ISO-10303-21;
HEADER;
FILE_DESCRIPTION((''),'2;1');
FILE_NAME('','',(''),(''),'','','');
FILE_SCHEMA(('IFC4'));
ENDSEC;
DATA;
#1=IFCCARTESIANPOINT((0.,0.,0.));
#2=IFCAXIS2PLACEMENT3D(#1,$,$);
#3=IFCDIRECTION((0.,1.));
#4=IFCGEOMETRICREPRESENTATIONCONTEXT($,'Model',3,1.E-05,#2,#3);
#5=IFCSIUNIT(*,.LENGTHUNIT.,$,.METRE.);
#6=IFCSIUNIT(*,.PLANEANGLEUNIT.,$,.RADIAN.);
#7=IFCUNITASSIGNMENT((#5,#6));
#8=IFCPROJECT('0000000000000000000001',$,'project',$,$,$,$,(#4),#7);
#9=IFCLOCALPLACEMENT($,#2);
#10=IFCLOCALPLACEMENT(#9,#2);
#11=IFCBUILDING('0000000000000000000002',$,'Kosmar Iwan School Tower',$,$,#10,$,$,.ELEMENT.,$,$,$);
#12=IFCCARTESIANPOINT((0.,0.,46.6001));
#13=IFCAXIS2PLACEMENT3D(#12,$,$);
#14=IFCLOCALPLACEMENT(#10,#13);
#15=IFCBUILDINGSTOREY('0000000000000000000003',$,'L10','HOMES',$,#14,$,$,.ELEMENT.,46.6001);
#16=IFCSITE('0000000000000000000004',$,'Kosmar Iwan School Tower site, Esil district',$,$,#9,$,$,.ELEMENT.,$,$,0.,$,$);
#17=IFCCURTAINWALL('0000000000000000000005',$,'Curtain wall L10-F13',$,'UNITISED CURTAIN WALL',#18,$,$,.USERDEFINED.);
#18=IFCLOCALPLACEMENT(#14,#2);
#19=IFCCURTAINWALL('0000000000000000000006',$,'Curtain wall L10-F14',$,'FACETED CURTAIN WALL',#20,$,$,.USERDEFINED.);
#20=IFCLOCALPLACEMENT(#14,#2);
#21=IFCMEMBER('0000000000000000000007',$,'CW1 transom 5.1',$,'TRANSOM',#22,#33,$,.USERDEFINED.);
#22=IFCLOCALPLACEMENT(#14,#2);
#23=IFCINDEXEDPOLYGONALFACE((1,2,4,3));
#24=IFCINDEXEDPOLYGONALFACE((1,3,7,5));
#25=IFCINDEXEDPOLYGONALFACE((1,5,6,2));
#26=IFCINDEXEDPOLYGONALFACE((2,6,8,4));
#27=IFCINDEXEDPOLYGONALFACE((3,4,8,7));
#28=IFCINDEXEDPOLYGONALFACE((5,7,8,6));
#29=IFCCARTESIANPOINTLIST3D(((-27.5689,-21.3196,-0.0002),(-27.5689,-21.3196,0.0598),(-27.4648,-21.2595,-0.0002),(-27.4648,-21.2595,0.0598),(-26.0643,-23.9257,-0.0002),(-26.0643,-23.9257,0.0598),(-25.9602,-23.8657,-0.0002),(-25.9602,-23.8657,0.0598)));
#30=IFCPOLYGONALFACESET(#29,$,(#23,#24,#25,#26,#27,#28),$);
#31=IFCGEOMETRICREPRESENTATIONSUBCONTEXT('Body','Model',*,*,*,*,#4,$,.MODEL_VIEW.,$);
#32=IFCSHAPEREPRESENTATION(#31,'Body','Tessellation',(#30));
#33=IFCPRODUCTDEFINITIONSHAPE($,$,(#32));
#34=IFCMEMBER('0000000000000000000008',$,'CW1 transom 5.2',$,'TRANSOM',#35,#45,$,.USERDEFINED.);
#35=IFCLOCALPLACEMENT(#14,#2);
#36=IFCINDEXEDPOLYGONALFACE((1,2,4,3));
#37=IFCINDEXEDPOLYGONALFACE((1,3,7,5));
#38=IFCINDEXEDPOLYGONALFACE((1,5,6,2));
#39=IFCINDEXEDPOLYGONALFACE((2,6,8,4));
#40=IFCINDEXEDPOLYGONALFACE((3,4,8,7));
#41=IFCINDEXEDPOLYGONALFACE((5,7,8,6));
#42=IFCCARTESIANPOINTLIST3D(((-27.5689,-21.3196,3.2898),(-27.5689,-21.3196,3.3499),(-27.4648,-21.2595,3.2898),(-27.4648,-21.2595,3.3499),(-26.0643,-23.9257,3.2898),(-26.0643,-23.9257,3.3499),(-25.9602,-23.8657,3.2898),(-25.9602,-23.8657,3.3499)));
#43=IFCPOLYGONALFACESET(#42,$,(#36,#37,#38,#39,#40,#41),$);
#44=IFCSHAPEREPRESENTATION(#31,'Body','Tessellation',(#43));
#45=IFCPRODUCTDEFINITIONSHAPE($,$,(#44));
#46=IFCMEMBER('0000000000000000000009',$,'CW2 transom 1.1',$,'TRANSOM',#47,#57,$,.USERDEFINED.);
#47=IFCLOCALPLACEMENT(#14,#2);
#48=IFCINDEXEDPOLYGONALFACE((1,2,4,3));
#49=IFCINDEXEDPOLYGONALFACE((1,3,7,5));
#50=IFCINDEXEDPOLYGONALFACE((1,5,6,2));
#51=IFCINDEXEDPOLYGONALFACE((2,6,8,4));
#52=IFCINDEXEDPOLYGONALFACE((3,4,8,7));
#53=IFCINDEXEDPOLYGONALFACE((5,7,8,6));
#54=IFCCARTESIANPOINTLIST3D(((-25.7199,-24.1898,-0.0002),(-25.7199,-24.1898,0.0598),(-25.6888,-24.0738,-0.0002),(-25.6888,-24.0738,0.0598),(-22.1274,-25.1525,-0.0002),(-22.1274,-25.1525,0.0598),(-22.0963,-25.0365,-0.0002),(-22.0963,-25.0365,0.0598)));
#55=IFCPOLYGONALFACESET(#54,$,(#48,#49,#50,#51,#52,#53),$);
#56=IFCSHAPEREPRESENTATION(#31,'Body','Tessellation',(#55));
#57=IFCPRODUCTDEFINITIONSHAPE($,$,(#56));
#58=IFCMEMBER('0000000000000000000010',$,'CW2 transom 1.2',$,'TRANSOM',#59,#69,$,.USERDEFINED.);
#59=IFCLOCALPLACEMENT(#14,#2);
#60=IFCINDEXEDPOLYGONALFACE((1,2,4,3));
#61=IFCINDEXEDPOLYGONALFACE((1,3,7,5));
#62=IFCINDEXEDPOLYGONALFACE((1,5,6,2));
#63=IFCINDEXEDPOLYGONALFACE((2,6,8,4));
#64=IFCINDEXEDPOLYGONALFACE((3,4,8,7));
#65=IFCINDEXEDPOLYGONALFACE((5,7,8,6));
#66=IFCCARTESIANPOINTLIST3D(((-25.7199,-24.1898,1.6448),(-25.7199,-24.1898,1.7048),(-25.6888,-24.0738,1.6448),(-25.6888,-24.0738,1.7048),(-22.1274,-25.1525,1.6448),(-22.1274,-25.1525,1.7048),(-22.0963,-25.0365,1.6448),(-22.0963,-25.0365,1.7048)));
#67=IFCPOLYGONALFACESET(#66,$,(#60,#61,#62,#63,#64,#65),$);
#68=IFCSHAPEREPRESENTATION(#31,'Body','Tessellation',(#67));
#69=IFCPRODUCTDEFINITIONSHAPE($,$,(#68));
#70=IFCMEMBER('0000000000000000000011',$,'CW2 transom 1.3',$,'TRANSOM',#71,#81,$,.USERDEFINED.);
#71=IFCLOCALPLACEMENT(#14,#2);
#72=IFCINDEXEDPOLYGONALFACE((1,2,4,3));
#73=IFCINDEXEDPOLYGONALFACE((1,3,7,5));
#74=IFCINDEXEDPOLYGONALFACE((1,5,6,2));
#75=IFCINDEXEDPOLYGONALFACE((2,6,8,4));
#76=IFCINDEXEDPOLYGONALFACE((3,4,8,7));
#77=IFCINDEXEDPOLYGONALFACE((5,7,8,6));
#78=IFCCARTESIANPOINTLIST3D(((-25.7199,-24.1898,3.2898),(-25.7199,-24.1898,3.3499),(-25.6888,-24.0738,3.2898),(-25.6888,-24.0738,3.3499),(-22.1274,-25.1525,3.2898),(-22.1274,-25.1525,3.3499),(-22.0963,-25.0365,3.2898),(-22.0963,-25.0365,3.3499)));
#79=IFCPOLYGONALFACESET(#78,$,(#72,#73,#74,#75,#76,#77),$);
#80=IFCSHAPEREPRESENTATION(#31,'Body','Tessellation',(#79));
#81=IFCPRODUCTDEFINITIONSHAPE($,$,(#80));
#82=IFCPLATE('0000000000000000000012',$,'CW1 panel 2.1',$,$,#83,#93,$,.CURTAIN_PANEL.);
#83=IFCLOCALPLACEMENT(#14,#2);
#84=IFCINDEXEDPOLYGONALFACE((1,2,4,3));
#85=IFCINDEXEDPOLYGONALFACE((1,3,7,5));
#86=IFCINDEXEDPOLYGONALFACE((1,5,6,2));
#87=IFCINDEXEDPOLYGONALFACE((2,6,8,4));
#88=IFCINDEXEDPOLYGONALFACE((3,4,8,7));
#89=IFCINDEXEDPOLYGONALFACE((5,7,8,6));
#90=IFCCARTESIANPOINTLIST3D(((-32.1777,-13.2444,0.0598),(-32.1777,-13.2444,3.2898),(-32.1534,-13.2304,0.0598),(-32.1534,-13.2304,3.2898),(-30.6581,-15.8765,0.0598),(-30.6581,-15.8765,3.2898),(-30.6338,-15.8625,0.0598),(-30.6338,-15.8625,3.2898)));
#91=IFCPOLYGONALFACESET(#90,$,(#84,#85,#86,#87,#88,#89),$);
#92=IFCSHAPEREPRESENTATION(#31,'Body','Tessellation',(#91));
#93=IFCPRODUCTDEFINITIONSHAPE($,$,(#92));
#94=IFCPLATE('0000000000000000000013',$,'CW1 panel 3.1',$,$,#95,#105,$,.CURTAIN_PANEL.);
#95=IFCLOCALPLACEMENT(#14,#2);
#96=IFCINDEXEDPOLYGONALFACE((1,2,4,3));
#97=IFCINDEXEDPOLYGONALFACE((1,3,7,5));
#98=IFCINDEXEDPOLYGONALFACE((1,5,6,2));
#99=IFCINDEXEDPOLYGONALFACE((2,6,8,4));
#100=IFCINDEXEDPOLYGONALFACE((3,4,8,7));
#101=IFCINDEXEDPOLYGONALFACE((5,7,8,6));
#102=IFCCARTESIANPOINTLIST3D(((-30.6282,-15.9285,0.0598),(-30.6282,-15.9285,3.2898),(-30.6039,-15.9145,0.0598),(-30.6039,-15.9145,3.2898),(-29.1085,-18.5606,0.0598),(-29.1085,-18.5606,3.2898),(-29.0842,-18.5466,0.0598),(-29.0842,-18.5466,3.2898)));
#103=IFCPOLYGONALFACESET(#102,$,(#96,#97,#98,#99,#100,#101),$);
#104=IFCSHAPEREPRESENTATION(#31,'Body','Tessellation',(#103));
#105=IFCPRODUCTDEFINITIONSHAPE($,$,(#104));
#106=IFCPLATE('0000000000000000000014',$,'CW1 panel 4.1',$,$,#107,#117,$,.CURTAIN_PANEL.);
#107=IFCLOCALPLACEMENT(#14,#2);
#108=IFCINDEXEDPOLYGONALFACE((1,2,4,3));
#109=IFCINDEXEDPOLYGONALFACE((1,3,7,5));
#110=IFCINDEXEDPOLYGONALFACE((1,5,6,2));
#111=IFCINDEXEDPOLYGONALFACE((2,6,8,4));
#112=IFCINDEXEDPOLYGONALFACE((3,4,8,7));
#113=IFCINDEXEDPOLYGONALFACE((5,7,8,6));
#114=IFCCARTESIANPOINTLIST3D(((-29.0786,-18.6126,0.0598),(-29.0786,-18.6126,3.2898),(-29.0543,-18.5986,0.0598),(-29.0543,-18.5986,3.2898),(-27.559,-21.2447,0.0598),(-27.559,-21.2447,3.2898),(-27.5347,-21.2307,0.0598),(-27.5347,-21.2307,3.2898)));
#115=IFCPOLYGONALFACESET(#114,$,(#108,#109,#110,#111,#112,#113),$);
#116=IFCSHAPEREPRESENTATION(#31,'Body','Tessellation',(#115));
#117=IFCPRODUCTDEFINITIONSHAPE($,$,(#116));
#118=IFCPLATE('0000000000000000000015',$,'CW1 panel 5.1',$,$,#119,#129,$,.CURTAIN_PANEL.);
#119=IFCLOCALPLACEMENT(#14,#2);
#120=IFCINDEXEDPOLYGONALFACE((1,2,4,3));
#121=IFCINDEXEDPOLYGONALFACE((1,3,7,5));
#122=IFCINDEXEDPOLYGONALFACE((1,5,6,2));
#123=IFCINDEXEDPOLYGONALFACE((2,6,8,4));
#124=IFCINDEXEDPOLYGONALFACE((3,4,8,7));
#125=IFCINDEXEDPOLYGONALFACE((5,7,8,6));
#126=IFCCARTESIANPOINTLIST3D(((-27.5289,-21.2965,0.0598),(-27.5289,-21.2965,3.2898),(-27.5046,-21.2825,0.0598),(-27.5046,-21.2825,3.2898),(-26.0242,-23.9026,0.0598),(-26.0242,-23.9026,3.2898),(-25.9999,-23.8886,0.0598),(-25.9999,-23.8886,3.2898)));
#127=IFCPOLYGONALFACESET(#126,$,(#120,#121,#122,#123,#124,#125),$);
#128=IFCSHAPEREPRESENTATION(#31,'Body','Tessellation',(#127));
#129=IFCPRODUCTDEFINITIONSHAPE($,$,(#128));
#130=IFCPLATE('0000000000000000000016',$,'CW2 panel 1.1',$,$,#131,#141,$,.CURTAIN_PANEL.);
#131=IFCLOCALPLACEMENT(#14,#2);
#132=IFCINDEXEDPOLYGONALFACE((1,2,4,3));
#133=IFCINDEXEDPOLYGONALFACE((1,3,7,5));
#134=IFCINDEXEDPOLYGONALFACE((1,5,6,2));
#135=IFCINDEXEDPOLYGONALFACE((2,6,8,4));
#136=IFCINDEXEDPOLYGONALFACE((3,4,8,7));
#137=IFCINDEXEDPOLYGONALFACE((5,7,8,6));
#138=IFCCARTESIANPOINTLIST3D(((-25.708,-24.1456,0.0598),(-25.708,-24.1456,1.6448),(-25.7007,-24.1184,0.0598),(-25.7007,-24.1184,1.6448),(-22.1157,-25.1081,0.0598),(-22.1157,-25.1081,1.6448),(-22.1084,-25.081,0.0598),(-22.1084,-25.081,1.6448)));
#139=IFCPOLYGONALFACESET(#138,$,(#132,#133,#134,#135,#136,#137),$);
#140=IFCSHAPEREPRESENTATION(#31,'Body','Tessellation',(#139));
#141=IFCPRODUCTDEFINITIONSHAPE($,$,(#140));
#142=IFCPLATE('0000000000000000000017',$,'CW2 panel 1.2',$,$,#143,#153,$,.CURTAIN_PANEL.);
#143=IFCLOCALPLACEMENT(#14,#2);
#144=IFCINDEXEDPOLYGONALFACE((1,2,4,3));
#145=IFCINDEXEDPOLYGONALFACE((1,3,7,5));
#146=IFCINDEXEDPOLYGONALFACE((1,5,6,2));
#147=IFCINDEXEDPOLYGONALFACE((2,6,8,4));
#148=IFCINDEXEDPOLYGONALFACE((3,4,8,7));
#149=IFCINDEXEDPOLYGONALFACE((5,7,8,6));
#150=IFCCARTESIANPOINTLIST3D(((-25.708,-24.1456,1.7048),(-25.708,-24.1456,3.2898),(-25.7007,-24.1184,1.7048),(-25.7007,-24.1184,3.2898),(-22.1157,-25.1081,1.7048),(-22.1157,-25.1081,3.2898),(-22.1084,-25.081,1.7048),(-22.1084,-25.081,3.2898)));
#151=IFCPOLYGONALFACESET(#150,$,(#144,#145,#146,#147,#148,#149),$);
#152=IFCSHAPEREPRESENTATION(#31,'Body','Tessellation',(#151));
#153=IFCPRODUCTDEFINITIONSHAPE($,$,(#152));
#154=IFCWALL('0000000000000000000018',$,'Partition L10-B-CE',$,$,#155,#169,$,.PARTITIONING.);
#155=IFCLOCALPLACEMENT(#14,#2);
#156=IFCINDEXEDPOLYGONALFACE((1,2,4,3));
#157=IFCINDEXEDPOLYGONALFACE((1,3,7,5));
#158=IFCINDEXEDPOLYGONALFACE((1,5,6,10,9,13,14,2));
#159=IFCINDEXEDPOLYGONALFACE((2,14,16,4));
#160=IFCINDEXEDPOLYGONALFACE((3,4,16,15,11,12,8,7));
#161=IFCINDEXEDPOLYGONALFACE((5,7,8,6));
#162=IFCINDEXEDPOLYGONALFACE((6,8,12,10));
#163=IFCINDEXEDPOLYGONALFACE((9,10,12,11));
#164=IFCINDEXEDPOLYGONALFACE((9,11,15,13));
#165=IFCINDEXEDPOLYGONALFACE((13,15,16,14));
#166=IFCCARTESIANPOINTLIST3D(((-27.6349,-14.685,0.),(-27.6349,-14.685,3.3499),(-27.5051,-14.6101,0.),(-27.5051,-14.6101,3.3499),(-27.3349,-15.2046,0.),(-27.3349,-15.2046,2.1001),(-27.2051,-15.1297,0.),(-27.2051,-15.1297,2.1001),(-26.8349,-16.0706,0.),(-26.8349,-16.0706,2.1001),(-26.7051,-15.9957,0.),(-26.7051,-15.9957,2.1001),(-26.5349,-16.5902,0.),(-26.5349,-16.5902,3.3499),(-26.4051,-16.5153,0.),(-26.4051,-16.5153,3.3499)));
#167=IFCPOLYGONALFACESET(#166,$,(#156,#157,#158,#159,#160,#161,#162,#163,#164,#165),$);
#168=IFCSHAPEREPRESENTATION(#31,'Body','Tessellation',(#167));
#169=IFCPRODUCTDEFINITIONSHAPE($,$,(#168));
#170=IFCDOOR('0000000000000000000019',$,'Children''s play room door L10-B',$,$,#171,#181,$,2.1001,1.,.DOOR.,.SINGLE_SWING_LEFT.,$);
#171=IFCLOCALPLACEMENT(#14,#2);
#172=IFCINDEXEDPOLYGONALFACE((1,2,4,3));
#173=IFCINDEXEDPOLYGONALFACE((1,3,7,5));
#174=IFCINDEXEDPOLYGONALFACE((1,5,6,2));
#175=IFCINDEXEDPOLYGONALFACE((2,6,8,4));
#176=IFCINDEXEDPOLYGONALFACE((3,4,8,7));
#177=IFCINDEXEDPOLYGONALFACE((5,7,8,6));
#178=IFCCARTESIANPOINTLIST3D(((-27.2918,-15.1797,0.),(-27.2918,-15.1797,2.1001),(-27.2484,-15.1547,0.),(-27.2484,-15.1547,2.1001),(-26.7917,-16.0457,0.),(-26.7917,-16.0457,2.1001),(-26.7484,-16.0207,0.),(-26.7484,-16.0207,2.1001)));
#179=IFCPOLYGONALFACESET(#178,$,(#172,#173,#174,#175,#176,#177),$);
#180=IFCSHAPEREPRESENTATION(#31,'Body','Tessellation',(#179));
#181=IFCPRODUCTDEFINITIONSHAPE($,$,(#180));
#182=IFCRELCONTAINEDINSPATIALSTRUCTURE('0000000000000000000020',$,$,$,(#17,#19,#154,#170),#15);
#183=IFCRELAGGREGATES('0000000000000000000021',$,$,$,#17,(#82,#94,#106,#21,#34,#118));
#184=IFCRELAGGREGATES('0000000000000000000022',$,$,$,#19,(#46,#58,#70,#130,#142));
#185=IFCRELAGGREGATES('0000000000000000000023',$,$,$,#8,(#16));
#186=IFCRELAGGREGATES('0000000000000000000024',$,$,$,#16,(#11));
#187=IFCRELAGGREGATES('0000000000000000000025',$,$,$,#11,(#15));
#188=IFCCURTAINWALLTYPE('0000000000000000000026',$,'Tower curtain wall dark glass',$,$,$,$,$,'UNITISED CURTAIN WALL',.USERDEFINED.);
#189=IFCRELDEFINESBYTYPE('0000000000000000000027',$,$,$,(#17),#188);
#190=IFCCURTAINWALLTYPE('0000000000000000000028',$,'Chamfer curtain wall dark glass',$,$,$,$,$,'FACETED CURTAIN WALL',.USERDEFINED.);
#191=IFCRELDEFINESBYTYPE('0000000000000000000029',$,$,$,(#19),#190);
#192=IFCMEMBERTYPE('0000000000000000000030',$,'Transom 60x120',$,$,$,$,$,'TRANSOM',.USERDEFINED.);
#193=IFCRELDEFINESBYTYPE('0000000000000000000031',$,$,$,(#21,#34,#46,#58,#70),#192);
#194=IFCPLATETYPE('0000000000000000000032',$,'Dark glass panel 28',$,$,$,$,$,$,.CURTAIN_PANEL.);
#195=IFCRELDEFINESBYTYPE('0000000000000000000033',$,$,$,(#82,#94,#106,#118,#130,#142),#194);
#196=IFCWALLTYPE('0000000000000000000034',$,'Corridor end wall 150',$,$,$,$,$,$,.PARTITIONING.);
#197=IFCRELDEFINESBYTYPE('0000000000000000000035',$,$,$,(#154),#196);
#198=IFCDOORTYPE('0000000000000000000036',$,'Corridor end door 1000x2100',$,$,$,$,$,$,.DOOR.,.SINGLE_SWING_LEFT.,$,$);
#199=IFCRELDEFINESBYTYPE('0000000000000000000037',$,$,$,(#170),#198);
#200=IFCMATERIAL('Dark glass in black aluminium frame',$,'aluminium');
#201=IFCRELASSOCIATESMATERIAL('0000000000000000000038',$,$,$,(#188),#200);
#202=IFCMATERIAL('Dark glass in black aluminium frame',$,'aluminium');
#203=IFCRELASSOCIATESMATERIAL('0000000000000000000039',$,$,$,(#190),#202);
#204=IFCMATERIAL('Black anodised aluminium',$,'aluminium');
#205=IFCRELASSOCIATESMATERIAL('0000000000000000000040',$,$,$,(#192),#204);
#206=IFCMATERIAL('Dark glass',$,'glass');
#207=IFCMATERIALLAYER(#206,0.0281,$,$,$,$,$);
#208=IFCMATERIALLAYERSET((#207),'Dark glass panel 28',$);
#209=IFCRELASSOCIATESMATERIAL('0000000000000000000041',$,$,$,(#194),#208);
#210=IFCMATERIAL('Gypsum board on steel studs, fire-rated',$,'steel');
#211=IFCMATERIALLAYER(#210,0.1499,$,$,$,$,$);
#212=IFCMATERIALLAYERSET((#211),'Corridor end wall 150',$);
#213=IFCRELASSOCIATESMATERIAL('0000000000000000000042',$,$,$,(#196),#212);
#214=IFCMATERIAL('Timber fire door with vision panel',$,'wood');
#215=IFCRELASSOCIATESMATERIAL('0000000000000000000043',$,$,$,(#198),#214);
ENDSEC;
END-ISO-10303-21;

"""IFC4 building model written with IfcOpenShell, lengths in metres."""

from ifc_helpers import new_model, si_unit, direction, frame, frame_2d, origin, origin_2d, place, context, subcontext, project, spatial, rectangle, extrude, material, layer, layer_set, material_profile, profile_set, type_object, element, fill, aggregate, save


model = new_model("IFC4")

# Units and contexts
model_context = context("Model", 3, precision=1e-05, world=origin(), true_north=direction((0.0, 1.0)))
body_context = subcontext(model_context, "Body", "Model", "MODEL_VIEW")
ifc_project = project(units=[si_unit("LENGTHUNIT", "METRE"), si_unit("PLANEANGLEUNIT", "RADIAN")], contexts=[model_context])

# Site, building, storey
site_placement = place(None, origin())
site = spatial("IfcSite", under=ifc_project, at=site_placement, Name="Kosmar Iwan School Tower site, Esil district", CompositionType="ELEMENT", RefElevation=0.0)
building_placement = place(site_placement, origin())
building = spatial("IfcBuilding", under=site, at=building_placement, Name="Kosmar Iwan School Tower", CompositionType="ELEMENT")
storey_placement = place(building_placement, frame((0.0, 0.0, 46.6001)))
storey = spatial("IfcBuildingStorey", under=building, at=storey_placement, Name="L10", Description="HOMES", CompositionType="ELEMENT", Elevation=46.6001)

# Curtain wall
ifc_material_1 = material(Name="Dark glass in black aluminium frame", Category="aluminium")
curtain_wall_type_1 = type_object("IfcCurtainWallType", Name="Tower curtain wall dark glass", ElementType="UNITISED CURTAIN WALL", PredefinedType="USERDEFINED", material=ifc_material_1)
curtain_wall_1_placement = place(storey_placement, origin())
curtain_wall_1 = element("IfcCurtainWall", 1, at=curtain_wall_1_placement, inside=storey, type_object=curtain_wall_type_1, Name="Curtain wall L10-F13", ObjectType="UNITISED CURTAIN WALL", PredefinedType="USERDEFINED")

# Curtain wall
ifc_material_2 = material(Name="Dark glass in black aluminium frame", Category="aluminium")
curtain_wall_type_2 = type_object("IfcCurtainWallType", Name="Chamfer curtain wall dark glass", ElementType="FACETED CURTAIN WALL", PredefinedType="USERDEFINED", material=ifc_material_2)
curtain_wall_2_placement = place(storey_placement, origin())
curtain_wall_2 = element("IfcCurtainWall", 2, at=curtain_wall_2_placement, inside=storey, type_object=curtain_wall_type_2, Name="Curtain wall L10-F14", ObjectType="FACETED CURTAIN WALL", PredefinedType="USERDEFINED")

# Members
ifc_material_3 = material(Name="Black anodised aluminium", Category="aluminium")
ifc_material_profile_1 = material_profile(ifc_material_3, rectangle(XDim=0.1201, YDim=0.0601, at=origin_2d()), Name="TRANSOM 60x120")
ifc_profile_set_1 = profile_set([ifc_material_profile_1], Name="Black anodised aluminium")
member_type_1 = type_object("IfcMemberType", Name="Transom 60x120", ElementType="TRANSOM", PredefinedType="USERDEFINED", material=ifc_profile_set_1)
member_1_placement = place(storey_placement, frame((-27.5168, -21.2896, 0.0298), z_axis=(0.499987, -0.866033, 0.0), x_axis=(0.866033, 0.499987, 0.0)))
member_1 = element("IfcMember", 3, at=member_1_placement, type_object=member_type_1, Name="CW1 transom 5.1", ObjectType="TRANSOM", PredefinedType="USERDEFINED", context=body_context, shape_type="SweptSolid", body=[
    extrude(rectangle(XDim=0.1201, YDim=0.0601, at=origin_2d()), origin(), (0.0, 0.0, 1.0), 3.0093),
])
member_2_placement = place(storey_placement, frame((-27.5168, -21.2896, 3.3198), z_axis=(0.499987, -0.866033, 0.0), x_axis=(0.866033, 0.499987, 0.0)))
member_2 = element("IfcMember", 4, at=member_2_placement, type_object=member_type_1, Name="CW1 transom 5.2", ObjectType="TRANSOM", PredefinedType="USERDEFINED", context=body_context, shape_type="SweptSolid", body=[
    extrude(rectangle(XDim=0.1201, YDim=0.0601, at=origin_2d()), origin(), (0.0, 0.0, 1.0), 3.0093),
])
member_3_placement = place(storey_placement, frame((-25.7043, -24.1318, 0.0298), z_axis=(0.965924, -0.258827, 0.0), x_axis=(0.258827, 0.965924, 0.0)))
member_3 = element("IfcMember", 5, at=member_3_placement, type_object=member_type_1, Name="CW2 transom 1.1", ObjectType="TRANSOM", PredefinedType="USERDEFINED", context=body_context, shape_type="SweptSolid", body=[
    extrude(rectangle(XDim=0.1201, YDim=0.0601, at=origin_2d()), origin(), (0.0, 0.0, 1.0), 3.7192),
])
member_4_placement = place(storey_placement, frame((-25.7043, -24.1318, 1.6748), z_axis=(0.965924, -0.258827, 0.0), x_axis=(0.258827, 0.965924, 0.0)))
member_4 = element("IfcMember", 6, at=member_4_placement, type_object=member_type_1, Name="CW2 transom 1.2", ObjectType="TRANSOM", PredefinedType="USERDEFINED", context=body_context, shape_type="SweptSolid", body=[
    extrude(rectangle(XDim=0.1201, YDim=0.0601, at=origin_2d()), origin(), (0.0, 0.0, 1.0), 3.7192),
])
member_5_placement = place(storey_placement, frame((-25.7043, -24.1318, 3.3198), z_axis=(0.965924, -0.258827, 0.0), x_axis=(0.258827, 0.965924, 0.0)))
member_5 = element("IfcMember", 7, at=member_5_placement, type_object=member_type_1, Name="CW2 transom 1.3", ObjectType="TRANSOM", PredefinedType="USERDEFINED", context=body_context, shape_type="SweptSolid", body=[
    extrude(rectangle(XDim=0.1201, YDim=0.0601, at=origin_2d()), origin(), (0.0, 0.0, 1.0), 3.7192),
])

# Plates
ifc_material_4 = material(Name="Dark glass", Category="glass")
ifc_layer_1 = layer(ifc_material_4, 0.0281)
ifc_layer_set_1 = layer_set([ifc_layer_1], Name="Dark glass panel 28")
plate_type = type_object("IfcPlateType", Name="Dark glass panel 28", PredefinedType="CURTAIN_PANEL", material=ifc_layer_set_1)
plate_1_placement = place(storey_placement, frame((-31.4058, -14.5535, 0.0598), z_axis=(0.0, 0.0, 1.0), x_axis=(0.5, -0.866025, 0.0)))
plate_1 = element("IfcPlate", 8, at=plate_1_placement, type_object=plate_type, Name="CW1 panel 2.1", PredefinedType="CURTAIN_PANEL", context=body_context, shape_type="SweptSolid", body=[
    extrude(rectangle(XDim=3.0393, YDim=0.0281, at=origin_2d()), origin(), (0.0, 0.0, 1.0), 3.23),
])
plate_2_placement = place(storey_placement, frame((-29.8562, -17.2375, 0.0598), z_axis=(0.0, 0.0, 1.0), x_axis=(0.5, -0.866025, 0.0)))
plate_2 = element("IfcPlate", 9, at=plate_2_placement, type_object=plate_type, Name="CW1 panel 3.1", PredefinedType="CURTAIN_PANEL", context=body_context, shape_type="SweptSolid", body=[
    extrude(rectangle(XDim=3.0393, YDim=0.0281, at=origin_2d()), origin(), (0.0, 0.0, 1.0), 3.23),
])
plate_3_placement = place(storey_placement, frame((-28.3066, -19.9216, 0.0598), z_axis=(0.0, 0.0, 1.0), x_axis=(0.5, -0.866025, 0.0)))
plate_3 = element("IfcPlate", 10, at=plate_3_placement, type_object=plate_type, Name="CW1 panel 4.1", PredefinedType="CURTAIN_PANEL", context=body_context, shape_type="SweptSolid", body=[
    extrude(rectangle(XDim=3.0393, YDim=0.0281, at=origin_2d()), origin(), (0.0, 0.0, 1.0), 3.23),
])
plate_4_placement = place(storey_placement, frame((-26.7644, -22.5925, 0.0598), z_axis=(0.0, 0.0, 1.0), x_axis=(0.5, -0.866025, 0.0)))
plate_4 = element("IfcPlate", 11, at=plate_4_placement, type_object=plate_type, Name="CW1 panel 5.1", PredefinedType="CURTAIN_PANEL", context=body_context, shape_type="SweptSolid", body=[
    extrude(rectangle(XDim=3.0093, YDim=0.0281, at=origin_2d()), origin(), (0.0, 0.0, 1.0), 3.23),
])
aggregate(curtain_wall_1, [plate_1, plate_2, plate_3, member_1, member_2, plate_4])
plate_5_placement = place(storey_placement, frame((-23.9082, -24.6133, 0.0598), z_axis=(0.0, 0.0, 1.0), x_axis=(0.965926, -0.258819, 0.0)))
plate_5 = element("IfcPlate", 12, at=plate_5_placement, type_object=plate_type, Name="CW2 panel 1.1", PredefinedType="CURTAIN_PANEL", context=body_context, shape_type="SweptSolid", body=[
    extrude(rectangle(XDim=3.719, YDim=0.0281, at=origin_2d()), origin(), (0.0, 0.0, 1.0), 1.585),
])
plate_6_placement = place(storey_placement, frame((-23.9082, -24.6133, 1.7048), z_axis=(0.0, 0.0, 1.0), x_axis=(0.965926, -0.258819, 0.0)))
plate_6 = element("IfcPlate", 13, at=plate_6_placement, type_object=plate_type, Name="CW2 panel 1.2", PredefinedType="CURTAIN_PANEL", context=body_context, shape_type="SweptSolid", body=[
    extrude(rectangle(XDim=3.719, YDim=0.0281, at=origin_2d()), origin(), (0.0, 0.0, 1.0), 1.585),
])
aggregate(curtain_wall_2, [member_3, member_4, member_5, plate_5, plate_6])

# Wall, opening, door
ifc_material_5 = material(Name="Gypsum board on steel studs, fire-rated", Category="steel")
ifc_layer_2 = layer(ifc_material_5, 0.1499)
ifc_layer_set_2 = layer_set([ifc_layer_2], Name="Corridor end wall 150")
wall_type_1 = type_object("IfcWallType", Name="Corridor end wall 150", PredefinedType="PARTITIONING", material=ifc_layer_set_2)
wall_1_placement = place(storey_placement, frame((-27.5701, -14.6475, 0.0), z_axis=(0.0, 0.0, 1.0), x_axis=(0.50003, -0.866008, 0.0)))
wall_1 = element("IfcWall", 14, at=wall_1_placement, inside=storey, type_object=wall_type_1, Name="Partition L10-B-CE", PredefinedType="PARTITIONING", context=body_context, shape_type="SweptSolid", body=[
    extrude(rectangle(XDim=2.2, YDim=0.1499, at=frame_2d((1.1001, 0.0))), origin(), (0.0, 0.0, 1.0), 3.3499),
])
opening_1_placement = place(wall_1_placement, frame((0.6001, 0.0, 0.0)))
opening_1 = element("IfcOpeningElement", 15, at=opening_1_placement, cuts=wall_1, PredefinedType="OPENING", context=body_context, shape_type="SweptSolid", body=[
    extrude(rectangle(XDim=1.0, YDim=2.1001, at=frame_2d((0.5, 1.05))), frame((0.0, 0.0869, 0.0), z_axis=(0.0, -1.0, 0.0), x_axis=(1.0, 0.0, 0.0)), (0.0, 0.0, 1.0), 0.1738),
])
ifc_material_6 = material(Name="Timber fire door with vision panel", Category="wood")
door_type_1 = type_object("IfcDoorType", Name="Corridor end door 1000x2100", OperationType="SINGLE_SWING_LEFT", PredefinedType="DOOR", material=ifc_material_6)
door_1_placement = place(opening_1_placement, origin())
door_1 = element("IfcDoor", 16, at=door_1_placement, inside=storey, type_object=door_type_1, Name="Children's play room door L10-B", OperationType="SINGLE_SWING_LEFT", OverallHeight=2.1001, OverallWidth=1.0, PredefinedType="DOOR", context=body_context, shape_type="SweptSolid", body=[
    extrude(rectangle(XDim=1.0, YDim=2.1001, at=frame_2d((0.5, 1.05))), frame((0.0, 0.0249, 0.0), z_axis=(0.0, -1.0, 0.0), x_axis=(1.0, 0.0, 0.0)), (0.0, 0.0, 1.0), 0.05),
])
fill(opening_1, door_1)

save(model, "model.ifc")
